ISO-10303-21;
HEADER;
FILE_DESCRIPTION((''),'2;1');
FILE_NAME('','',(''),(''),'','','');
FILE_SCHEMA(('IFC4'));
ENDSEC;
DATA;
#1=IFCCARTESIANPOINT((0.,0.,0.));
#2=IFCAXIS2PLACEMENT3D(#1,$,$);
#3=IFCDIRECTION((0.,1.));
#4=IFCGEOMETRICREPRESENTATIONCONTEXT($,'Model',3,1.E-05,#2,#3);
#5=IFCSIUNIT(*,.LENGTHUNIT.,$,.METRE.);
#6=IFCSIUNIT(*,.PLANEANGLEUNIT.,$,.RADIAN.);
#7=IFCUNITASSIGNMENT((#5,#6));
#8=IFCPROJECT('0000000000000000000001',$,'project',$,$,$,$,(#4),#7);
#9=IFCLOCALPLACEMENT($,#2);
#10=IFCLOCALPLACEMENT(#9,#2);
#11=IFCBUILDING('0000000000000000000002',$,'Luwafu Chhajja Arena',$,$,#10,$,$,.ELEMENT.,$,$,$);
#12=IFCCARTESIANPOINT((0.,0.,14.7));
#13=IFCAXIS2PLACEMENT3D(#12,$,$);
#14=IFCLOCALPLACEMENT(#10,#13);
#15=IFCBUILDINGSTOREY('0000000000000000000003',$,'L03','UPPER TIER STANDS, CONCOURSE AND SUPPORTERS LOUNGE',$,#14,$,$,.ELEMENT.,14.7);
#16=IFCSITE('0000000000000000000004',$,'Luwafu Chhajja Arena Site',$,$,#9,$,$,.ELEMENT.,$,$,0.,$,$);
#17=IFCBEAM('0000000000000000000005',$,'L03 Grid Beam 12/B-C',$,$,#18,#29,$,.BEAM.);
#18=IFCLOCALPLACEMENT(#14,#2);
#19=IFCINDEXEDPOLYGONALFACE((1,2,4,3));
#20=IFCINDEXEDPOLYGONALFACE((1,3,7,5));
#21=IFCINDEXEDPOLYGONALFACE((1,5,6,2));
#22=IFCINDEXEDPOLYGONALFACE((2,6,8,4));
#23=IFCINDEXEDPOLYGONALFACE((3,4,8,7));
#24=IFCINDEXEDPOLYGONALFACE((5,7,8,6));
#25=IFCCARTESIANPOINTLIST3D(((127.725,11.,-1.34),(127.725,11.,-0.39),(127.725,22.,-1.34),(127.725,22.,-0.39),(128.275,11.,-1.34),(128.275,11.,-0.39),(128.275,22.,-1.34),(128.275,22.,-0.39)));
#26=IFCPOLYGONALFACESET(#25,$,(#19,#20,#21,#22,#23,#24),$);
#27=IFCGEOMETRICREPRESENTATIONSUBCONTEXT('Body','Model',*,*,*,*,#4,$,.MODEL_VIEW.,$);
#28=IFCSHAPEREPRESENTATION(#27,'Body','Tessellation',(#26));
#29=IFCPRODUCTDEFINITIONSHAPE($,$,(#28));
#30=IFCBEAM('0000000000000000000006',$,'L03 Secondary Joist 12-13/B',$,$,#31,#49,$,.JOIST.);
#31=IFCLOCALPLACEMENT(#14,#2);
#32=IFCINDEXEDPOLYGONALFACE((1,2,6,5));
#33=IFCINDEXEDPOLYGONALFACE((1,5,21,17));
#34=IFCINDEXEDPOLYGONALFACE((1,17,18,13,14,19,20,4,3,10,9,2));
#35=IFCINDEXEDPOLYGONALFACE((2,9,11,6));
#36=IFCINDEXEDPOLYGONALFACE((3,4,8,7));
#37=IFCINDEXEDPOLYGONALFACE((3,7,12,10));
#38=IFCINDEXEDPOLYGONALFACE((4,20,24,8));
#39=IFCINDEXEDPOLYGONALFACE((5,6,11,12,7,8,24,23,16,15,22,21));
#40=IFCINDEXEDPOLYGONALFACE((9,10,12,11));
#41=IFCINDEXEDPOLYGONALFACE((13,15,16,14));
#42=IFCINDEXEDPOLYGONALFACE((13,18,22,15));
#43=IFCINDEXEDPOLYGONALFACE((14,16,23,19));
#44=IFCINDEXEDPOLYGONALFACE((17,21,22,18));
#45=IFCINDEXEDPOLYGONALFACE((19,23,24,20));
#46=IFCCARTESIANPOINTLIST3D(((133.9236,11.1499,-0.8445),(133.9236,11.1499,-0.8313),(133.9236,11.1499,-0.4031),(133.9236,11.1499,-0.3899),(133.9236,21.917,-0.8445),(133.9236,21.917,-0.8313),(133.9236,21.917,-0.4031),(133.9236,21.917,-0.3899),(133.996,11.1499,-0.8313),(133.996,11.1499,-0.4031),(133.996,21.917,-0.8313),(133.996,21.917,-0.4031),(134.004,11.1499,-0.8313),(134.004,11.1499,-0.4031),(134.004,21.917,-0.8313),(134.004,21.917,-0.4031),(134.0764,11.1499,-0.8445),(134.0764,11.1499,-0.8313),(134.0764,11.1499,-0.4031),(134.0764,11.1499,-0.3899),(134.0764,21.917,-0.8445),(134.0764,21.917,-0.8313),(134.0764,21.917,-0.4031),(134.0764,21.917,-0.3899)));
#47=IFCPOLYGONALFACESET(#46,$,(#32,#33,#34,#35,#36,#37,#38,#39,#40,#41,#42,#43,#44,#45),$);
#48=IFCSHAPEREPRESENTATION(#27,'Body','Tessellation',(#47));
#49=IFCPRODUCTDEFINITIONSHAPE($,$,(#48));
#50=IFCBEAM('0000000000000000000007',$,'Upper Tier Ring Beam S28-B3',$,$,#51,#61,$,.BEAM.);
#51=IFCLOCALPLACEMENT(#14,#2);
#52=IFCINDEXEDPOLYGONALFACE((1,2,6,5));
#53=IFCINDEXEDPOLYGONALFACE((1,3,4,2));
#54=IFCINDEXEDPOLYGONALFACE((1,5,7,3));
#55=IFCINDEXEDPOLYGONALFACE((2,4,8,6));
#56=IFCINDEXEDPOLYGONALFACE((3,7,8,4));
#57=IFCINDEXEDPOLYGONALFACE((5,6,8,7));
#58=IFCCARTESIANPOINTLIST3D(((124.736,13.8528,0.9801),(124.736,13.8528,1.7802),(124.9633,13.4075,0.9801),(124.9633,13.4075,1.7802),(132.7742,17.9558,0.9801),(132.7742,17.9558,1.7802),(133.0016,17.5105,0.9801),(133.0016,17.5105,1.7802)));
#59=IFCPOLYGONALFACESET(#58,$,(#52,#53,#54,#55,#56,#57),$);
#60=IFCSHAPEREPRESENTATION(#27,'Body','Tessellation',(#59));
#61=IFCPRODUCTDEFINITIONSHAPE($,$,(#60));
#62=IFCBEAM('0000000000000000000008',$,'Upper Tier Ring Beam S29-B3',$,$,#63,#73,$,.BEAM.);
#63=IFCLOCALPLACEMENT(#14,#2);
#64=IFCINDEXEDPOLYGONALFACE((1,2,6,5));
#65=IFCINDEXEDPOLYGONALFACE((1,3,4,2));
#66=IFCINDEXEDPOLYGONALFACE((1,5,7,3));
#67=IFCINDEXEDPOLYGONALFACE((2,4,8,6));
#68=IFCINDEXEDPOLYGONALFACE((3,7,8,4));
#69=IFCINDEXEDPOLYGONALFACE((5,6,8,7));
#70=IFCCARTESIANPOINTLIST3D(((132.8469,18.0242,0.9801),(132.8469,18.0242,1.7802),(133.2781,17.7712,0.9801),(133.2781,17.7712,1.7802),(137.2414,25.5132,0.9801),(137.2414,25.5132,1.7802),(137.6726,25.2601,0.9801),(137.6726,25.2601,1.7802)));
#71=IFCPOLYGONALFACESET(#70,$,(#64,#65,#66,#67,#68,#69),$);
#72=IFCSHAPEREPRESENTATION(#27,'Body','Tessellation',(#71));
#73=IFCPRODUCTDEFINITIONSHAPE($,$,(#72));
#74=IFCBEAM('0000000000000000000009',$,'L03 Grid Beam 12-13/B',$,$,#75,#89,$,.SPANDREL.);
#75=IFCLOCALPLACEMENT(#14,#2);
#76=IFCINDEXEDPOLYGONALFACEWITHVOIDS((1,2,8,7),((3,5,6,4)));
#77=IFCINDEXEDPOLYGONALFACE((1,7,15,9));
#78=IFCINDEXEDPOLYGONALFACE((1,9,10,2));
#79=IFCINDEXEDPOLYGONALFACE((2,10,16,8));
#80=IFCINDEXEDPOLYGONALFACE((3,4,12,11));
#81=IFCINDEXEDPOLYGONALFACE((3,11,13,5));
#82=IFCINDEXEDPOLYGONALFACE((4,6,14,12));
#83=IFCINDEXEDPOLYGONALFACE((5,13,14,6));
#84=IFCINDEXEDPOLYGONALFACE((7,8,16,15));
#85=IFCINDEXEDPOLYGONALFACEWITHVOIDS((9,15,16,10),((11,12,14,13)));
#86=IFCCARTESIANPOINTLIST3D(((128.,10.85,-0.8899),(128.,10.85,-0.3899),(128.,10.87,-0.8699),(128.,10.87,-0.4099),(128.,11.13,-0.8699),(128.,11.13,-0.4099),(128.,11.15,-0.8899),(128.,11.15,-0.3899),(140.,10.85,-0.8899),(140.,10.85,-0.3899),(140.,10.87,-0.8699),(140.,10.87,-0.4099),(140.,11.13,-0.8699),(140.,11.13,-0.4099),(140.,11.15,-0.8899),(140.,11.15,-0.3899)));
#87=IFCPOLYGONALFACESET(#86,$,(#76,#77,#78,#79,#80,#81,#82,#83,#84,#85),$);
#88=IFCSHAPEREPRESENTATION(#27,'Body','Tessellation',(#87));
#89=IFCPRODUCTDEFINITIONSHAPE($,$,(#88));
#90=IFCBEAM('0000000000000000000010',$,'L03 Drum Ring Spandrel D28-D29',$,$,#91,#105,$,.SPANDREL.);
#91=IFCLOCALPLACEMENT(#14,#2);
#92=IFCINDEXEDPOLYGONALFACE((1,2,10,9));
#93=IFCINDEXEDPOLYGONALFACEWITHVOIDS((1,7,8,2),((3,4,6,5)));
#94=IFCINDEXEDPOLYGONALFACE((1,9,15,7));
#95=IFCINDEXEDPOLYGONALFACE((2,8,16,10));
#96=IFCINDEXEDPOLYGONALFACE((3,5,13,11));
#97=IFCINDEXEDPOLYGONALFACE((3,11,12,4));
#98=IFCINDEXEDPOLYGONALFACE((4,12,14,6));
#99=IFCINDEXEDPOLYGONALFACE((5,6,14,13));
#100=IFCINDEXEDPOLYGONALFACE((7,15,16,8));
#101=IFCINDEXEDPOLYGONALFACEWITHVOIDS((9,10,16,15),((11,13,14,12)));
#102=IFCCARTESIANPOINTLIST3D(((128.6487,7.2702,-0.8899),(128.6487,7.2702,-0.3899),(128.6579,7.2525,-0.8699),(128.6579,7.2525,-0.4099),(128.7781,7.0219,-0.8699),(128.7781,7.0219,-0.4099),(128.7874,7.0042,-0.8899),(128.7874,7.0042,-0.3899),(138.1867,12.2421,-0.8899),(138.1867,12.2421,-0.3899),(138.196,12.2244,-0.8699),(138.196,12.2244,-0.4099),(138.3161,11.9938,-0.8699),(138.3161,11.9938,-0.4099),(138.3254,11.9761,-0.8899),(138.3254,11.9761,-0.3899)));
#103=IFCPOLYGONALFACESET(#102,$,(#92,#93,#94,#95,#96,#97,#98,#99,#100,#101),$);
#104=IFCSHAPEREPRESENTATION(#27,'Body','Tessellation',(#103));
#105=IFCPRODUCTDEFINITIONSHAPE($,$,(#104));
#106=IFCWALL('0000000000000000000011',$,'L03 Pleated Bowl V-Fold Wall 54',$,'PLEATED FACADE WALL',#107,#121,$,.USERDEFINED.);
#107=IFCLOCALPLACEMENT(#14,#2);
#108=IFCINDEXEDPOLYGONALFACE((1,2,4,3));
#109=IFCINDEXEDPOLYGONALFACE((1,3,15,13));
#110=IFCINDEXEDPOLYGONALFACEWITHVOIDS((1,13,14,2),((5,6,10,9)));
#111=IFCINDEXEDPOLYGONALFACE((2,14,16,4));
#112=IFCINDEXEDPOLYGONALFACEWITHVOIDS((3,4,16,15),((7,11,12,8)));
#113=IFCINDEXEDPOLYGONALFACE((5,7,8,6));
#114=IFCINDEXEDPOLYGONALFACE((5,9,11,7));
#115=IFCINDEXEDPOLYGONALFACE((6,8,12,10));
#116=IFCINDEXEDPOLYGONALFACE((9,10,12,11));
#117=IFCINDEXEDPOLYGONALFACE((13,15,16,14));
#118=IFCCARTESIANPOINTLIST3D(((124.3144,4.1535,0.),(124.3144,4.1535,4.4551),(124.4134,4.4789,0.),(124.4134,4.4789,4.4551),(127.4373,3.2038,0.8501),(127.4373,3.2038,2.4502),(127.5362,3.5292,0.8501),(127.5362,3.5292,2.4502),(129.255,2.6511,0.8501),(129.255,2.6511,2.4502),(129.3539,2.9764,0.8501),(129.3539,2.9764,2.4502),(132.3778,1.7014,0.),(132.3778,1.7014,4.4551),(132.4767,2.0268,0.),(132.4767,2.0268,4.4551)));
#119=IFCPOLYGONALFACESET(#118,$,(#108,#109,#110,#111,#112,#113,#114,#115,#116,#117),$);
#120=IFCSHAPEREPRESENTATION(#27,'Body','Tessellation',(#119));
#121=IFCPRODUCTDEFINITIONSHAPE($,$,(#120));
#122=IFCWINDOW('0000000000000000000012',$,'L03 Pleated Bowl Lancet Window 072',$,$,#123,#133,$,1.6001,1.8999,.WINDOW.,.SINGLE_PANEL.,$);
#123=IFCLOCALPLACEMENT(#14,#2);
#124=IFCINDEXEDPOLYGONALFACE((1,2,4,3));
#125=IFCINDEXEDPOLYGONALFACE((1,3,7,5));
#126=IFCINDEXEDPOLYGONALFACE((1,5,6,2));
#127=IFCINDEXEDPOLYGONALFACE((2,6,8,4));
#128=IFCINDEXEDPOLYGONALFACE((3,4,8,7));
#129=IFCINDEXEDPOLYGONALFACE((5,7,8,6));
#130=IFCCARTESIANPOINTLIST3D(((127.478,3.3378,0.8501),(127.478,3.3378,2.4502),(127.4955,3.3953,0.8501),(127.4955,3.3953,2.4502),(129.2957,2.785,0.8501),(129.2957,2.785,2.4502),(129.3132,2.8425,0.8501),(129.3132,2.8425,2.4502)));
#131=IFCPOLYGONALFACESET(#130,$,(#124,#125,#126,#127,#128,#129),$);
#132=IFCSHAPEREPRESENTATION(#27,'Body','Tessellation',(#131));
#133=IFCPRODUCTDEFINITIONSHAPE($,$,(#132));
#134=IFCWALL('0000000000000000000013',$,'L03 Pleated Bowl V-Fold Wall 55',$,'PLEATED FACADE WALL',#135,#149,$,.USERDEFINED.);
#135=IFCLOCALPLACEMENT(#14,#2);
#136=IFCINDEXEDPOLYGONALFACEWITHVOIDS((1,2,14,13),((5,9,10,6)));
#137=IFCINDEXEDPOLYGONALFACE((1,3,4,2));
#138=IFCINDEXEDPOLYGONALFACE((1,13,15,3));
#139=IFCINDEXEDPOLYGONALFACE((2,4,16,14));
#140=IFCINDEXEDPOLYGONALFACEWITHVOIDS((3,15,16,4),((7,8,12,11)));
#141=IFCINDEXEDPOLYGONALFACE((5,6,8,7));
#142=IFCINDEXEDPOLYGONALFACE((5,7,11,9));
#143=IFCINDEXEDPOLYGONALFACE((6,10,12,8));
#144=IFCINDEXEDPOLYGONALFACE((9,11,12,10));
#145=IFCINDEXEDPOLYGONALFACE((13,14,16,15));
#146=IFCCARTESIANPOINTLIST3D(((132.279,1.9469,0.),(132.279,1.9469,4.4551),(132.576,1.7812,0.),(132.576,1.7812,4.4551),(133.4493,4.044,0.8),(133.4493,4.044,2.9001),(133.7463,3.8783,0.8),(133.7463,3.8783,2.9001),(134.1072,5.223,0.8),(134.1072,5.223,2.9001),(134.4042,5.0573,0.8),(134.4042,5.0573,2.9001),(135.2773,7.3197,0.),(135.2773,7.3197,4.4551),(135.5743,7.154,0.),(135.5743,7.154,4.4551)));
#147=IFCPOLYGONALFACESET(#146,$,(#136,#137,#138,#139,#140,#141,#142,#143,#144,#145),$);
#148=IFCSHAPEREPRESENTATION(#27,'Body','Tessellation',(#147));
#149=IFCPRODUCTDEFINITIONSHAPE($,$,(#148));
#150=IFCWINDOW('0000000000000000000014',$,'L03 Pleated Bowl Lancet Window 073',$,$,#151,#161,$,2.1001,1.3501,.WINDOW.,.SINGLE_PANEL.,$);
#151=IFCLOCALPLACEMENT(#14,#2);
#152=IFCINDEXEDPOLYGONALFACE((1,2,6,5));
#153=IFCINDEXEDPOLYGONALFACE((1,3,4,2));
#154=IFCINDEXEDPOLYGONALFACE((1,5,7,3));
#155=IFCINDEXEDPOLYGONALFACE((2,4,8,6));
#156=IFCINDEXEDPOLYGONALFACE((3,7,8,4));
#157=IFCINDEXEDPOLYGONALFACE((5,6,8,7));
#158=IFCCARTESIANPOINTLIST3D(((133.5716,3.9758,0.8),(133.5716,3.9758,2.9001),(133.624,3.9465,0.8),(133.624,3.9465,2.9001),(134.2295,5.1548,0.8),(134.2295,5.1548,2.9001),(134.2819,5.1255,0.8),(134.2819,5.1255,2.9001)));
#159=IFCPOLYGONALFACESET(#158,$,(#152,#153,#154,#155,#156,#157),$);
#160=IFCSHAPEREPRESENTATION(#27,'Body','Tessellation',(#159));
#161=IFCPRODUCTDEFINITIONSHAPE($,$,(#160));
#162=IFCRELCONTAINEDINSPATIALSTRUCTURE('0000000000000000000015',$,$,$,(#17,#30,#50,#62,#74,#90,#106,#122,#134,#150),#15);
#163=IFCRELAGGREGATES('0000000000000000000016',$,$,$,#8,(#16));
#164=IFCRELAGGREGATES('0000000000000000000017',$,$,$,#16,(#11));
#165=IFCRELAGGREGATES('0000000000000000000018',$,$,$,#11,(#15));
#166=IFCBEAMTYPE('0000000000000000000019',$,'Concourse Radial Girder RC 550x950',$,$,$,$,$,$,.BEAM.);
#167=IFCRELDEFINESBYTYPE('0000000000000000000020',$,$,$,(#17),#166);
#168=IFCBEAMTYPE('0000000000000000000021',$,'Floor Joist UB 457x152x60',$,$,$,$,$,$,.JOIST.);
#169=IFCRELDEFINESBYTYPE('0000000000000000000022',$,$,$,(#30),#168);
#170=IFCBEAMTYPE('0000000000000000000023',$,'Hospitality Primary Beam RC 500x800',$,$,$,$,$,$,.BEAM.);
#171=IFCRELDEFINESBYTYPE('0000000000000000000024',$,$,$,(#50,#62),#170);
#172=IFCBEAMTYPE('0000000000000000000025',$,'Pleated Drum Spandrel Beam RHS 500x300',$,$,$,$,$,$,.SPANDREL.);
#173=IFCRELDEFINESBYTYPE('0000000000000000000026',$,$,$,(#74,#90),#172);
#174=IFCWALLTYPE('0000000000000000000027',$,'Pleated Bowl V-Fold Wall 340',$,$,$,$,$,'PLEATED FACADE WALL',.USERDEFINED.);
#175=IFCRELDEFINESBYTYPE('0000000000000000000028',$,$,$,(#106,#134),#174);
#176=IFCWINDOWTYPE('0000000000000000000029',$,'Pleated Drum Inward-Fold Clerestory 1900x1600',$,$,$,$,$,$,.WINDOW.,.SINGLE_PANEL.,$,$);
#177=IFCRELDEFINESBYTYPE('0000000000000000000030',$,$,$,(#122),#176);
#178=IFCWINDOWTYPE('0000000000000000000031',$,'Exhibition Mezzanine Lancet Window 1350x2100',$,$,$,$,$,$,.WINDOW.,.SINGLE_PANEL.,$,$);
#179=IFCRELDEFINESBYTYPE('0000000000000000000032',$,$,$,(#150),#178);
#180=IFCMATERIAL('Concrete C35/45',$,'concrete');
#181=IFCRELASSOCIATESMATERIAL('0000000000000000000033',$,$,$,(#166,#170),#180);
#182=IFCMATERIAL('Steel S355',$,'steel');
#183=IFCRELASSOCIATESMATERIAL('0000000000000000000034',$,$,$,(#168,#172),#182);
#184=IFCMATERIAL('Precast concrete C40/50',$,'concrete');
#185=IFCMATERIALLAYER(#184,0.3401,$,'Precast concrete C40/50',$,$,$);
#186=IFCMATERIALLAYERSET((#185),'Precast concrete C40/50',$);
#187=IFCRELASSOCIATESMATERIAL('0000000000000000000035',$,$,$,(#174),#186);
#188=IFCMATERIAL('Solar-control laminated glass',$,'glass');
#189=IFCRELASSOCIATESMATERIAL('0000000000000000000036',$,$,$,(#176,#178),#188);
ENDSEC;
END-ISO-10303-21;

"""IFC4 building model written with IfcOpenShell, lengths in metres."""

from ifc_helpers import new_model, si_unit, direction, frame, frame_2d, origin, origin_2d, place, context, subcontext, project, spatial, rectangle, hollow_rectangle, i_section, extrude, material, layer, layer_set, material_profile, profile_set, type_object, element, fill, save


model = new_model("IFC4")

# Units and contexts
model_context = context("Model", 3, precision=1e-05, world=origin(), true_north=direction((0.0, 1.0)))
body_context = subcontext(model_context, "Body", "Model", "MODEL_VIEW")
ifc_project = project(units=[si_unit("LENGTHUNIT", "METRE"), si_unit("PLANEANGLEUNIT", "RADIAN")], contexts=[model_context])

# Site, building, storey
site_placement = place(None, origin())
site = spatial("IfcSite", under=ifc_project, at=site_placement, Name="Luwafu Chhajja Arena Site", CompositionType="ELEMENT", RefElevation=0.0)
building_placement = place(site_placement, origin())
building = spatial("IfcBuilding", under=site, at=building_placement, Name="Luwafu Chhajja Arena", CompositionType="ELEMENT")
storey_placement = place(building_placement, frame((0.0, 0.0, 14.7)))
storey = spatial("IfcBuildingStorey", under=building, at=storey_placement, Name="L03", Description="UPPER TIER STANDS, CONCOURSE AND SUPPORTERS LOUNGE", CompositionType="ELEMENT", Elevation=14.7)

# Shared definitions
ifc_material_1 = material(Name="Concrete C35/45", Category="concrete")
ifc_material_2 = material(Name="Steel S355", Category="steel")

# Beams
ifc_material_profile_1 = material_profile(ifc_material_1, rectangle(XDim=0.55, YDim=0.95, at=origin_2d()), Name="RC 550x950")
ifc_profile_set_1 = profile_set([ifc_material_profile_1], Name="Concrete C35/45")
beam_type_1 = type_object("IfcBeamType", Name="Concourse Radial Girder RC 550x950", PredefinedType="BEAM", material=ifc_profile_set_1)
beam_1_placement = place(storey_placement, frame((128.0, 11.0, -0.865), z_axis=(0.0, 1.0, 0.0), x_axis=(-1.0, 0.0, 0.0)))
element("IfcBeam", 1, at=beam_1_placement, inside=storey, type_object=beam_type_1, Name="L03 Grid Beam 12/B-C", PredefinedType="BEAM", context=body_context, shape_type="SweptSolid", body=[
    extrude(rectangle(XDim=0.55, YDim=0.95, at=origin_2d()), origin(), (0.0, 0.0, 1.0), 11.0),
])
ifc_material_profile_2 = material_profile(ifc_material_2, i_section(OverallWidth=0.1528, OverallDepth=0.4546, WebThickness=0.0081, FlangeThickness=0.0132, at=origin_2d()), Name="UB 457x152x60")
ifc_profile_set_2 = profile_set([ifc_material_profile_2], Name="Steel S355")
beam_type_2 = type_object("IfcBeamType", Name="Floor Joist UB 457x152x60", PredefinedType="JOIST", material=ifc_profile_set_2)
beam_2_placement = place(storey_placement, frame((134.0, 11.1499, -0.6172), z_axis=(0.0, 1.0, 0.0), x_axis=(-1.0, 0.0, 0.0)))
element("IfcBeam", 2, at=beam_2_placement, inside=storey, type_object=beam_type_2, Name="L03 Secondary Joist 12-13/B", PredefinedType="JOIST", context=body_context, shape_type="SweptSolid", body=[
    extrude(i_section(OverallWidth=0.1528, OverallDepth=0.4546, WebThickness=0.0081, FlangeThickness=0.0132, at=origin_2d()), origin(), (0.0, 0.0, 1.0), 10.7671),
])
ifc_material_profile_3 = material_profile(ifc_material_1, rectangle(XDim=0.5, YDim=0.8, at=origin_2d()), Name="RC 500x800")
ifc_profile_set_3 = profile_set([ifc_material_profile_3], Name="Concrete C35/45")
beam_type_3 = type_object("IfcBeamType", Name="Hospitality Primary Beam RC 500x800", PredefinedType="BEAM", material=ifc_profile_set_3)
beam_3_placement = place(storey_placement, frame((124.8496, 13.6301, 1.3801), z_axis=(0.890679, 0.454632, 0.0), x_axis=(-0.454632, 0.890679, 0.0)))
element("IfcBeam", 3, at=beam_3_placement, inside=storey, type_object=beam_type_3, Name="Upper Tier Ring Beam S28-B3", PredefinedType="BEAM", context=body_context, shape_type="SweptSolid", body=[
    extrude(rectangle(XDim=0.5, YDim=0.8, at=origin_2d()), origin(), (0.0, 0.0, 1.0), 9.0249),
])
beam_4_placement = place(storey_placement, frame((133.0625, 17.8977, 1.3801), z_axis=(0.506098, 0.862476, 0.0), x_axis=(-0.862476, 0.506098, 0.0)))
element("IfcBeam", 4, at=beam_4_placement, inside=storey, type_object=beam_type_3, Name="Upper Tier Ring Beam S29-B3", PredefinedType="BEAM", context=body_context, shape_type="SweptSolid", body=[
    extrude(rectangle(XDim=0.5, YDim=0.8, at=origin_2d()), origin(), (0.0, 0.0, 1.0), 8.6831),
])
ifc_material_profile_4 = material_profile(ifc_material_2, hollow_rectangle(XDim=0.3, YDim=0.5, WallThickness=0.02, at=origin_2d()), Name="RHS 500x300x20")
ifc_profile_set_4 = profile_set([ifc_material_profile_4], Name="Steel S355")
beam_type_4 = type_object("IfcBeamType", Name="Pleated Drum Spandrel Beam RHS 500x300", PredefinedType="SPANDREL", material=ifc_profile_set_4)
beam_5_placement = place(storey_placement, frame((128.0, 11.0, -0.6399), z_axis=(1.0, 0.0, 0.0), x_axis=(0.0, 1.0, 0.0)))
element("IfcBeam", 5, at=beam_5_placement, inside=storey, type_object=beam_type_4, Name="L03 Grid Beam 12-13/B", PredefinedType="SPANDREL", context=body_context, shape_type="SweptSolid", body=[
    extrude(hollow_rectangle(XDim=0.3, YDim=0.5, WallThickness=0.02, at=origin_2d()), origin(), (0.0, 0.0, 1.0), 12.0),
])
beam_6_placement = place(storey_placement, frame((128.718, 7.1372, -0.6399), z_axis=(0.886755, 0.462239, 0.0), x_axis=(-0.462239, 0.886755, 0.0)))
element("IfcBeam", 6, at=beam_6_placement, inside=storey, type_object=beam_type_4, Name="L03 Drum Ring Spandrel D28-D29", PredefinedType="SPANDREL", context=body_context, shape_type="SweptSolid", body=[
    extrude(hollow_rectangle(XDim=0.3, YDim=0.5, WallThickness=0.02, at=origin_2d()), origin(), (0.0, 0.0, 1.0), 10.7561),
])

# Walls, openings, windows
ifc_material_3 = material(Name="Precast concrete C40/50", Category="concrete")
ifc_layer_1 = layer(ifc_material_3, 0.3401, Name="Precast concrete C40/50")
ifc_layer_set_1 = layer_set([ifc_layer_1], Name="Precast concrete C40/50")
wall_type = type_object("IfcWallType", Name="Pleated Bowl V-Fold Wall 340", ElementType="PLEATED FACADE WALL", PredefinedType="USERDEFINED", material=ifc_layer_set_1)
wall_1_placement = place(storey_placement, frame((124.364, 4.3162, 0.0), z_axis=(0.0, 0.0, 1.0), x_axis=(0.956738, -0.29095, 0.0)))
wall_1 = element("IfcWall", 7, at=wall_1_placement, inside=storey, type_object=wall_type, Name="L03 Pleated Bowl V-Fold Wall 54", ObjectType="PLEATED FACADE WALL", PredefinedType="USERDEFINED", context=body_context, shape_type="SweptSolid", body=[
    extrude(rectangle(XDim=8.428, YDim=0.3401, at=frame_2d((4.2139, 0.0))), origin(), (0.0, 0.0, 1.0), 4.4551),
])
opening_1_placement = place(wall_1_placement, frame((3.2639, 0.0, 0.8501)))
opening_1 = element("IfcOpeningElement", 8, at=opening_1_placement, cuts=wall_1, PredefinedType="OPENING", context=body_context, shape_type="SweptSolid", body=[
    extrude(rectangle(XDim=1.8999, YDim=1.6001, at=frame_2d((0.95, 0.8))), frame((0.0, 0.1799, 0.0), z_axis=(0.0, -1.0, 0.0), x_axis=(1.0, 0.0, 0.0)), (0.0, 0.0, 1.0), 0.3601),
])
ifc_material_4 = material(Name="Solar-control laminated glass", Category="glass")
window_type_1 = type_object("IfcWindowType", Name="Pleated Drum Inward-Fold Clerestory 1900x1600", PartitioningType="SINGLE_PANEL", PredefinedType="WINDOW", material=ifc_material_4)
window_1_placement = place(opening_1_placement, origin())
window_1 = element("IfcWindow", 9, at=window_1_placement, inside=storey, type_object=window_type_1, Name="L03 Pleated Bowl Lancet Window 072", OverallHeight=1.6001, OverallWidth=1.8999, PartitioningType="SINGLE_PANEL", PredefinedType="WINDOW", context=body_context, shape_type="SweptSolid", body=[
    extrude(rectangle(XDim=1.8999, YDim=1.6001, at=frame_2d((0.95, 0.8))), frame((0.0, 0.03, 0.0), z_axis=(0.0, -1.0, 0.0), x_axis=(1.0, 0.0, 0.0)), (0.0, 0.0, 1.0), 0.0601),
])
fill(opening_1, window_1)
wall_2_placement = place(storey_placement, frame((132.4275, 1.864, 0.0), z_axis=(0.0, 0.0, 1.0), x_axis=(0.487306, 0.873231, 0.0)))
wall_2 = element("IfcWall", 10, at=wall_2_placement, inside=storey, type_object=wall_type, Name="L03 Pleated Bowl V-Fold Wall 55", ObjectType="PLEATED FACADE WALL", PredefinedType="USERDEFINED", context=body_context, shape_type="SweptSolid", body=[
    extrude(rectangle(XDim=6.1528, YDim=0.3401, at=frame_2d((3.0764, 0.0))), origin(), (0.0, 0.0, 1.0), 4.4551),
])
opening_2_placement = place(wall_2_placement, frame((2.4016, 0.0, 0.8)))
opening_2 = element("IfcOpeningElement", 11, at=opening_2_placement, cuts=wall_2, PredefinedType="OPENING", context=body_context, shape_type="SweptSolid", body=[
    extrude(rectangle(XDim=1.3501, YDim=2.1001, at=frame_2d((0.675, 1.05))), frame((0.0, 0.1799, 0.0), z_axis=(0.0, -1.0, 0.0), x_axis=(1.0, 0.0, 0.0)), (0.0, 0.0, 1.0), 0.3601),
])
window_type_2 = type_object("IfcWindowType", Name="Exhibition Mezzanine Lancet Window 1350x2100", PartitioningType="SINGLE_PANEL", PredefinedType="WINDOW", material=ifc_material_4)
window_2_placement = place(opening_2_placement, origin())
window_2 = element("IfcWindow", 12, at=window_2_placement, inside=storey, type_object=window_type_2, Name="L03 Pleated Bowl Lancet Window 073", OverallHeight=2.1001, OverallWidth=1.3501, PartitioningType="SINGLE_PANEL", PredefinedType="WINDOW", context=body_context, shape_type="SweptSolid", body=[
    extrude(rectangle(XDim=1.3501, YDim=2.1001, at=frame_2d((0.675, 1.05))), frame((0.0, 0.03, 0.0), z_axis=(0.0, -1.0, 0.0), x_axis=(1.0, 0.0, 0.0)), (0.0, 0.0, 1.0), 0.0601),
])
fill(opening_2, window_2)

save(model, "model.ifc")
